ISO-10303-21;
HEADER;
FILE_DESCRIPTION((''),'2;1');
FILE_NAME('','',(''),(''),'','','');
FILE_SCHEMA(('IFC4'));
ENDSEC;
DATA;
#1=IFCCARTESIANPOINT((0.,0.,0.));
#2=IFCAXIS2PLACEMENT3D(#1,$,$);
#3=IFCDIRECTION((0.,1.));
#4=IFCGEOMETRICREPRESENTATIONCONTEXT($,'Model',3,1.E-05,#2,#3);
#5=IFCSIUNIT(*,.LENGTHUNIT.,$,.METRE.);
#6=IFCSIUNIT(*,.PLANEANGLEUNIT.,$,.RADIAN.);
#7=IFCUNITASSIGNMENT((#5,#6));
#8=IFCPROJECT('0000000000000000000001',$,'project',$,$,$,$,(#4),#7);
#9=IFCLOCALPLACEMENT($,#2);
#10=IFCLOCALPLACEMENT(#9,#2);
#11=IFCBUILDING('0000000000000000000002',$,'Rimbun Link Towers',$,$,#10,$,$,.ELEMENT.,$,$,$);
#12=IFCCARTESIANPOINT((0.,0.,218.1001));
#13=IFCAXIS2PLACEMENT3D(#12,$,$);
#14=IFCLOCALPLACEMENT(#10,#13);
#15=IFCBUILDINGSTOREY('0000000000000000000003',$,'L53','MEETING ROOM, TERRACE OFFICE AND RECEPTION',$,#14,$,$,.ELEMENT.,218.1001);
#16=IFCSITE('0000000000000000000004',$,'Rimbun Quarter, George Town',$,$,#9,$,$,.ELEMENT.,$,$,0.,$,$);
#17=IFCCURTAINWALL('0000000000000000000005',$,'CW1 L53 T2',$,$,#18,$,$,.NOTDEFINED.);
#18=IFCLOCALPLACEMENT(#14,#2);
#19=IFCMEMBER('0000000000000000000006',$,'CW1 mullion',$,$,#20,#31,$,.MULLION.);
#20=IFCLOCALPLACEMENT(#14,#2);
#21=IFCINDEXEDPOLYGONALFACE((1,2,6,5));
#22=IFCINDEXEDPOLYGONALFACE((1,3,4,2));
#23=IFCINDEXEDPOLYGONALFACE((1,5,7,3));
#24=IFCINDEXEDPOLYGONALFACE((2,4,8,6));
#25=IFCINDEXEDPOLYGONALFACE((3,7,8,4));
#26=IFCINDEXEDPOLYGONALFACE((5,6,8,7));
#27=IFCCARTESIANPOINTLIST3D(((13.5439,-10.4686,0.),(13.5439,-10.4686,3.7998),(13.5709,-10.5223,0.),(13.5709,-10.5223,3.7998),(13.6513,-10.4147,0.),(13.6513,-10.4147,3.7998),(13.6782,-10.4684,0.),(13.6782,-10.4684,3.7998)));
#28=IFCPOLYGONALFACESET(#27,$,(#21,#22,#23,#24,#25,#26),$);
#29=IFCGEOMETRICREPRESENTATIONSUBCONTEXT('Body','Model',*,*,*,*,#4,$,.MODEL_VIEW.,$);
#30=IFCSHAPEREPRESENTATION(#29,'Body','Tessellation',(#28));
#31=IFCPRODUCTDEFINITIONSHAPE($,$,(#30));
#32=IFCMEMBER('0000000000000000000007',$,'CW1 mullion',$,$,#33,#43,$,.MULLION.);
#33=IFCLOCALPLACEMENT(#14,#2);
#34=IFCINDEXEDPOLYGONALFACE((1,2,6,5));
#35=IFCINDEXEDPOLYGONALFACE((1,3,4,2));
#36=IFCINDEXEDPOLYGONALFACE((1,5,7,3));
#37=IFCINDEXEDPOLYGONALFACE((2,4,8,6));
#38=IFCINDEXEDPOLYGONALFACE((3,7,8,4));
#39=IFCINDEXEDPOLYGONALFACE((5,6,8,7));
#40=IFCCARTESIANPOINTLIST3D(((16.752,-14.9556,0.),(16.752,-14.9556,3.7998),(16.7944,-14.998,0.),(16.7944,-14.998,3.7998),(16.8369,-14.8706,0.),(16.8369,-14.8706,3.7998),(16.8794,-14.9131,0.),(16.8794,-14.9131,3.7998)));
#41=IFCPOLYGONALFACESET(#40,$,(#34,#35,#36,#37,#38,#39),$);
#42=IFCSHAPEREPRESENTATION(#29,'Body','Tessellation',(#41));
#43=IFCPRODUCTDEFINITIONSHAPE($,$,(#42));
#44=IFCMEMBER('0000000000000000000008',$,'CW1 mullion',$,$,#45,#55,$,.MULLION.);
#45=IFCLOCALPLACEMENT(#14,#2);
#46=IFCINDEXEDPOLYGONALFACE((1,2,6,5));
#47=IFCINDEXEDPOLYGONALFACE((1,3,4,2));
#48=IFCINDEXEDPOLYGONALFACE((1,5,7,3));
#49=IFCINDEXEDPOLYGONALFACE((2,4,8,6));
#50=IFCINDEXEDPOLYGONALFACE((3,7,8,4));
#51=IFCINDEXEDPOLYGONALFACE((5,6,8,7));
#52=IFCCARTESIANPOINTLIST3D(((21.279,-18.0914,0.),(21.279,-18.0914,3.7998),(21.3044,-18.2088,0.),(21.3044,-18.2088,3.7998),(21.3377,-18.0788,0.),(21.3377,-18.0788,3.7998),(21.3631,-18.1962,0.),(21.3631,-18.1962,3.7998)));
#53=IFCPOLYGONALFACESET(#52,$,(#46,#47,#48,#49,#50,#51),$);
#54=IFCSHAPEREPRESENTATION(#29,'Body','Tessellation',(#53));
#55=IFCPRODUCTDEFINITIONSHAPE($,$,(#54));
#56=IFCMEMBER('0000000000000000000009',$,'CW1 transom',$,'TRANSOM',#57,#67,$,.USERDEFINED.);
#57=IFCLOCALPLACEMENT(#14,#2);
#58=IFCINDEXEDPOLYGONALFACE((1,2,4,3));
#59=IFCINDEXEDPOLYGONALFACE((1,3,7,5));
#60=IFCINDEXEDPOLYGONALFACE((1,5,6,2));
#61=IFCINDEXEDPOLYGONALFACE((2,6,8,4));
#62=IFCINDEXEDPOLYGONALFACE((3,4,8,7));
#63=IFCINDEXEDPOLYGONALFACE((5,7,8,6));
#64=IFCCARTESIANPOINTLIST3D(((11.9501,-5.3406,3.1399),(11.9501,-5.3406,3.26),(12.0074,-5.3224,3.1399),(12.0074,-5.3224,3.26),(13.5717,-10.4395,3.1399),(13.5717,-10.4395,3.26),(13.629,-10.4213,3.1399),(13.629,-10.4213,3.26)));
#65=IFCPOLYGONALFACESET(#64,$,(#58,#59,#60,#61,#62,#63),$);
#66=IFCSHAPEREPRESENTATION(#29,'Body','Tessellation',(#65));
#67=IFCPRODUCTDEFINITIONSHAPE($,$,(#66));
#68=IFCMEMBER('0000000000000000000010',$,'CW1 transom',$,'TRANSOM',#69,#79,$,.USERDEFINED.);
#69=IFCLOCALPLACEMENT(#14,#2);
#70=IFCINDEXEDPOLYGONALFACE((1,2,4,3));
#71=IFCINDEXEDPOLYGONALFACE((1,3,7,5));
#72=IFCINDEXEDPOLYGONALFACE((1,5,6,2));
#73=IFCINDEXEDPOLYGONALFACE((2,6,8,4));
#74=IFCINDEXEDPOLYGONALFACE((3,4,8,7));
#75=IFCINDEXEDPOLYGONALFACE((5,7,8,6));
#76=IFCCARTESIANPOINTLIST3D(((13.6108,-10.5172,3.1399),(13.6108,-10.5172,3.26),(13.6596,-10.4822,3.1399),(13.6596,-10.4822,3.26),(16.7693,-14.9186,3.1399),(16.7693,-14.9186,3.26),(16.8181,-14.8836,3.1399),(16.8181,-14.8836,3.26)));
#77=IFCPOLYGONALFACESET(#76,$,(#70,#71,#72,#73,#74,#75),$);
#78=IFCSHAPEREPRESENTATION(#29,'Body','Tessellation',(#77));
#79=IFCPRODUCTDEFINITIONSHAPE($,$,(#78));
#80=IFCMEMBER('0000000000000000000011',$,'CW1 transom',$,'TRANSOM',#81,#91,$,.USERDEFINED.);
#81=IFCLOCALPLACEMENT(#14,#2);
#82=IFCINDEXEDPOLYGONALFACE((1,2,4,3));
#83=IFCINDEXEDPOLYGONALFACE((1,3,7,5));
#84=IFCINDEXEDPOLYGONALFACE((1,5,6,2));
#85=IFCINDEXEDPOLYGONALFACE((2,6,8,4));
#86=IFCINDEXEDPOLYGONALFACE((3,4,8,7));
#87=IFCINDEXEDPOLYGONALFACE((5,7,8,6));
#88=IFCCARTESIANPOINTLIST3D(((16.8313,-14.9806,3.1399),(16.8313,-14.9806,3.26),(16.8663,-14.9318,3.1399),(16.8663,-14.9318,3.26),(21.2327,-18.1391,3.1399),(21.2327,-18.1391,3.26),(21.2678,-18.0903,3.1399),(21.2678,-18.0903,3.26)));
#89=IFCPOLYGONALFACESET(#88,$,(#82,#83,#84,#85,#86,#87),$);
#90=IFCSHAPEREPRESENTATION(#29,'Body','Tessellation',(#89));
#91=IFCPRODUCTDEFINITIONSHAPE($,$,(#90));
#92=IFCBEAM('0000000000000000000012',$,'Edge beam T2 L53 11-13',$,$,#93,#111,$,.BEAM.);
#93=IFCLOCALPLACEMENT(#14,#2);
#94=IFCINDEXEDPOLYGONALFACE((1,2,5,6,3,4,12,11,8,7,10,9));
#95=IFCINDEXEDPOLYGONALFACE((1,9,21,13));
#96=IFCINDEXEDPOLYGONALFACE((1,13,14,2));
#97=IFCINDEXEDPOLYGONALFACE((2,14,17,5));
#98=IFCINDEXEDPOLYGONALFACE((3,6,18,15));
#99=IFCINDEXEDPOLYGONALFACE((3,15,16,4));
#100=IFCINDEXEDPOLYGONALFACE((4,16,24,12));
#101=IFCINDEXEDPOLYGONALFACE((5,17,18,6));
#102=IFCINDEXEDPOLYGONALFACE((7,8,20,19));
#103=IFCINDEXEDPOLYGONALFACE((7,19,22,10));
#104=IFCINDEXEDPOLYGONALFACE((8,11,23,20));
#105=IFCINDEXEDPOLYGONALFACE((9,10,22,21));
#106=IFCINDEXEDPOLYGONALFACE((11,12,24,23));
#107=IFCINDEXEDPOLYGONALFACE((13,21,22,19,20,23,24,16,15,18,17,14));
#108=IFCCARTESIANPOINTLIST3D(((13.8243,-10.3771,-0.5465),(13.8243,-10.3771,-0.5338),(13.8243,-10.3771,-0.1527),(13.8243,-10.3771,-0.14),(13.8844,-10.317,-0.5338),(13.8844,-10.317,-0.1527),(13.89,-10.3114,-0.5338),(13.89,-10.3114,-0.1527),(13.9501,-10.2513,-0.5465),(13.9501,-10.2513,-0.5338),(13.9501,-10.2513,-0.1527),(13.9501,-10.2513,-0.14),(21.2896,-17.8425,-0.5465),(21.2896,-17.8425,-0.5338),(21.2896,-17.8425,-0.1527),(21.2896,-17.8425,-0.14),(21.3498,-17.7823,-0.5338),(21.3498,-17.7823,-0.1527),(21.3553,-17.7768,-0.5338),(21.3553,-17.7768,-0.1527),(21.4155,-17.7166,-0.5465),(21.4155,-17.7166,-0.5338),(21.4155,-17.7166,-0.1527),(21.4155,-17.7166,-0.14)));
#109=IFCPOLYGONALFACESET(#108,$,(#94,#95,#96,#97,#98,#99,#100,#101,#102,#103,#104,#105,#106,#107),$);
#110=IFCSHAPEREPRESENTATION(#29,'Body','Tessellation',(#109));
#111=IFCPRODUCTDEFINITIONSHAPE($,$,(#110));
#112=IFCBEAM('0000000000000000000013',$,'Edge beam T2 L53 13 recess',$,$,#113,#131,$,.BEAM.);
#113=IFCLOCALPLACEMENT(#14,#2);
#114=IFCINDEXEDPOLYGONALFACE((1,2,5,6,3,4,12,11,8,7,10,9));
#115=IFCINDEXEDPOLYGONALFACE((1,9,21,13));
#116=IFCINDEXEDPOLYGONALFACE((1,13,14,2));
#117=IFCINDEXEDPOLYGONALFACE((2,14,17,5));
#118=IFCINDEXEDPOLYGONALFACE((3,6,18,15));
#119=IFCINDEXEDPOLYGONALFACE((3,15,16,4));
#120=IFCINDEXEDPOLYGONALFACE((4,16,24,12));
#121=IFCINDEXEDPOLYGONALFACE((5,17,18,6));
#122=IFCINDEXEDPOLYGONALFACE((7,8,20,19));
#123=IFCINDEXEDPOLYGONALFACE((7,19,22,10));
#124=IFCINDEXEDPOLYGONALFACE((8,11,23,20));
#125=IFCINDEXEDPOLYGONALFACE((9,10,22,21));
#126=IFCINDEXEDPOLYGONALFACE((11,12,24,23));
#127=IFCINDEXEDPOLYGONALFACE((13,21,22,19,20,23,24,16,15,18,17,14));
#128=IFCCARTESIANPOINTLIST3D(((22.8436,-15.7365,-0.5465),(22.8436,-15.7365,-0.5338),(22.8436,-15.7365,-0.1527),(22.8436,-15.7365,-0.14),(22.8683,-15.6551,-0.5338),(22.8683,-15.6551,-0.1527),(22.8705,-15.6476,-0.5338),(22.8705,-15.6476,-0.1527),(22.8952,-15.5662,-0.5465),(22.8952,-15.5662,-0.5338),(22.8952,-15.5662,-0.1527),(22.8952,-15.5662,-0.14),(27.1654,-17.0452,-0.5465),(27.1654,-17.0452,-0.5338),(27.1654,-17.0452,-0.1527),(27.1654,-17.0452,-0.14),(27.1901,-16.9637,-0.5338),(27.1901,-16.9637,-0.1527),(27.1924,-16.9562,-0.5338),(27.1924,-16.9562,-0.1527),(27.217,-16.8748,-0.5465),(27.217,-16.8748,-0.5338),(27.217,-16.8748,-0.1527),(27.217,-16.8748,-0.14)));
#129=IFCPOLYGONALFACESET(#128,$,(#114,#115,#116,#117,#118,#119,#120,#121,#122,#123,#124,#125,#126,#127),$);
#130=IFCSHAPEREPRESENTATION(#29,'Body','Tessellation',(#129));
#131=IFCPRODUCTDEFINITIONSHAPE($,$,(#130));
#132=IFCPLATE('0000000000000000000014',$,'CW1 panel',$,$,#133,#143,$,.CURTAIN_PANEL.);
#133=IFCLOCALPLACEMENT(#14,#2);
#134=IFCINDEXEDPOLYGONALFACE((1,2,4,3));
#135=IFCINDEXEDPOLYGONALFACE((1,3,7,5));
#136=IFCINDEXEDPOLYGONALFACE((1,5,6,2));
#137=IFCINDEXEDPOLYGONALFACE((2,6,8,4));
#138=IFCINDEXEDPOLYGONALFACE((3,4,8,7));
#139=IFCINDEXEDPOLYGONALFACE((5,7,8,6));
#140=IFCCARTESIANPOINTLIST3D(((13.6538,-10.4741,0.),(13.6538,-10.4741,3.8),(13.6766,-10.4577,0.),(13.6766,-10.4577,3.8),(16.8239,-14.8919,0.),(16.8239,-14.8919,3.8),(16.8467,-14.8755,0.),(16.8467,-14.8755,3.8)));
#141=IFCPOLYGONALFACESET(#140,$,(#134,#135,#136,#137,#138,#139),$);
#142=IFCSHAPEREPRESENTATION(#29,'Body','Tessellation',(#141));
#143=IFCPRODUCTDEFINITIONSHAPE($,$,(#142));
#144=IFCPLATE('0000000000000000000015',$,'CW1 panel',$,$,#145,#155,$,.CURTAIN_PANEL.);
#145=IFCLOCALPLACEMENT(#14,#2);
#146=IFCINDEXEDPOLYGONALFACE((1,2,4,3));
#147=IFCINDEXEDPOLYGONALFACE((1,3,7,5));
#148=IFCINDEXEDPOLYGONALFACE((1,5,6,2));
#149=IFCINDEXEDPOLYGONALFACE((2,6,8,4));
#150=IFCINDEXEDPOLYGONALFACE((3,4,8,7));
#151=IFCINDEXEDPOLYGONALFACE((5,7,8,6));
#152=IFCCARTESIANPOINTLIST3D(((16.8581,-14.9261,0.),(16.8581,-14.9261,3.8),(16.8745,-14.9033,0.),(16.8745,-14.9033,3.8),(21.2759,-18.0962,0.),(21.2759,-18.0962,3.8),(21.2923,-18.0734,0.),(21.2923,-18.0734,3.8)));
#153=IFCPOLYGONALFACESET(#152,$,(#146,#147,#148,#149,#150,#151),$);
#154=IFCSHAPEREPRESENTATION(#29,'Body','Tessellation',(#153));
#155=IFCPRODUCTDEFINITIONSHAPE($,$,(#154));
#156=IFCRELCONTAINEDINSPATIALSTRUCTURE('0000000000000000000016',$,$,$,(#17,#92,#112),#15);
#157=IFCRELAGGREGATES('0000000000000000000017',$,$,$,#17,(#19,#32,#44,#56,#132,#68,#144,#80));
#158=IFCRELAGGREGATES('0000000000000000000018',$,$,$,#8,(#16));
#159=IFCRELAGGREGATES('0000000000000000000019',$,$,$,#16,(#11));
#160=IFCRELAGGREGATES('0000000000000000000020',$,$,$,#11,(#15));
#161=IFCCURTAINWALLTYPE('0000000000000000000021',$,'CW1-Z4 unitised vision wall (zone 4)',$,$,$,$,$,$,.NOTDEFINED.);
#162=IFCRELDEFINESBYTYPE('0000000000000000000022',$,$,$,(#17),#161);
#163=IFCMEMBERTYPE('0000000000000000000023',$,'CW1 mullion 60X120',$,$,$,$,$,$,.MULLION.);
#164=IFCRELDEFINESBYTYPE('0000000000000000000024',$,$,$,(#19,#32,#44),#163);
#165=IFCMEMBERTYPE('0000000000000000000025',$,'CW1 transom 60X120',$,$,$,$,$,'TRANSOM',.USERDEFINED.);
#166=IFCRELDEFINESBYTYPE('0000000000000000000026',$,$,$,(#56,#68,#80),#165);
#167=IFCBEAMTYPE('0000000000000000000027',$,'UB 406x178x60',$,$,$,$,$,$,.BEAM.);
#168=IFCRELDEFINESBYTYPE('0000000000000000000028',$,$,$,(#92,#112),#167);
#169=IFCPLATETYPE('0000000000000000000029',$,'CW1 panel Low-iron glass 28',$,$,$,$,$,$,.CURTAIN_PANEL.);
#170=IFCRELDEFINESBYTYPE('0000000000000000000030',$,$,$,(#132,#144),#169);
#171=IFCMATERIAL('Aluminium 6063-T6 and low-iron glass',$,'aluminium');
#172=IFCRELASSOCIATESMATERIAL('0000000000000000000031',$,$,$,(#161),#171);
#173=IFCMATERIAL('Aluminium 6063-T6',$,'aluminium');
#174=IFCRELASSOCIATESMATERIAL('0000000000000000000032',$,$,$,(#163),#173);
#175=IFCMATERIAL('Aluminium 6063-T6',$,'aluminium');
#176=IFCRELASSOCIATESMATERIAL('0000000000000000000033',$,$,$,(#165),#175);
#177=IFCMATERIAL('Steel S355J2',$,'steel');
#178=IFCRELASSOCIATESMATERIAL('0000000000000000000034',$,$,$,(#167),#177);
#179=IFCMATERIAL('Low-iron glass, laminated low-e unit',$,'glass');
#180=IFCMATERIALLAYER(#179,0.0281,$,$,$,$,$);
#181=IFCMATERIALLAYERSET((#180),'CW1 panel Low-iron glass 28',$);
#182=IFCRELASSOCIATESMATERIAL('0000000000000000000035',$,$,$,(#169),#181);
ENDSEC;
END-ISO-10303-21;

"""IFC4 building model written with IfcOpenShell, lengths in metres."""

from ifc_helpers import new_model, si_unit, direction, frame, origin, origin_2d, place, context, subcontext, project, spatial, rectangle, i_section, extrude, material, layer, layer_set, material_profile, profile_set, type_object, element, aggregate, save


model = new_model("IFC4")

# Units and contexts
model_context = context("Model", 3, precision=1e-05, world=origin(), true_north=direction((0.0, 1.0)))
body_context = subcontext(model_context, "Body", "Model", "MODEL_VIEW")
ifc_project = project(units=[si_unit("LENGTHUNIT", "METRE"), si_unit("PLANEANGLEUNIT", "RADIAN")], contexts=[model_context])

# Site, building, storey
site_placement = place(None, origin())
site = spatial("IfcSite", under=ifc_project, at=site_placement, Name="Rimbun Quarter, George Town", CompositionType="ELEMENT", RefElevation=0.0)
building_placement = place(site_placement, origin())
building = spatial("IfcBuilding", under=site, at=building_placement, Name="Rimbun Link Towers", CompositionType="ELEMENT")
storey_placement = place(building_placement, frame((0.0, 0.0, 218.1001)))
storey = spatial("IfcBuildingStorey", under=building, at=storey_placement, Name="L53", Description="MEETING ROOM, TERRACE OFFICE AND RECEPTION", CompositionType="ELEMENT", Elevation=218.1001)

# Curtain wall, members
ifc_material_1 = material(Name="Aluminium 6063-T6 and low-iron glass", Category="aluminium")
curtain_wall_type = type_object("IfcCurtainWallType", Name="CW1-Z4 unitised vision wall (zone 4)", PredefinedType="NOTDEFINED", material=ifc_material_1)
curtain_wall_placement = place(storey_placement, origin())
curtain_wall = element("IfcCurtainWall", 1, at=curtain_wall_placement, inside=storey, type_object=curtain_wall_type, Name="CW1 L53 T2", PredefinedType="NOTDEFINED")
ifc_material_2 = material(Name="Aluminium 6063-T6", Category="aluminium")
ifc_material_profile_1 = material_profile(ifc_material_2, rectangle(XDim=0.1201, YDim=0.0601, at=origin_2d()), Name="MULLION 60X120")
ifc_profile_set_1 = profile_set([ifc_material_profile_1], Name="Aluminium 6063-T6")
member_type_1 = type_object("IfcMemberType", Name="CW1 mullion 60X120", PredefinedType="MULLION", material=ifc_profile_set_1)
member_1_placement = place(storey_placement, frame((13.6111, -10.4685, 0.0), z_axis=(0.0, 0.0, 1.0), x_axis=(-0.893747, -0.448571, 0.0)))
member_1 = element("IfcMember", 2, at=member_1_placement, type_object=member_type_1, Name="CW1 mullion", PredefinedType="MULLION", context=body_context, shape_type="SweptSolid", body=[
    extrude(rectangle(XDim=0.1201, YDim=0.0601, at=origin_2d()), origin(), (0.0, 0.0, 1.0), 3.7998),
])
member_2_placement = place(storey_placement, frame((16.8157, -14.9343, 0.0), z_axis=(0.0, 0.0, 1.0), x_axis=(-0.707107, -0.707107, 0.0)))
member_2 = element("IfcMember", 3, at=member_2_placement, type_object=member_type_1, Name="CW1 mullion", PredefinedType="MULLION", context=body_context, shape_type="SweptSolid", body=[
    extrude(rectangle(XDim=0.1201, YDim=0.0601, at=origin_2d()), origin(), (0.0, 0.0, 1.0), 3.7998),
])
member_3_placement = place(storey_placement, frame((21.321, -18.1438, 0.0), z_axis=(0.0, 0.0, 1.0), x_axis=(0.210799, -0.97753, 0.0)))
member_3 = element("IfcMember", 4, at=member_3_placement, type_object=member_type_1, Name="CW1 mullion", PredefinedType="MULLION", context=body_context, shape_type="SweptSolid", body=[
    extrude(rectangle(XDim=0.1201, YDim=0.0601, at=origin_2d()), origin(), (0.0, 0.0, 1.0), 3.7998),
])
ifc_material_3 = material(Name="Aluminium 6063-T6", Category="aluminium")
ifc_material_profile_2 = material_profile(ifc_material_3, rectangle(XDim=0.0601, YDim=0.1201, at=origin_2d()), Name="TRANSOM 60X120")
ifc_profile_set_2 = profile_set([ifc_material_profile_2], Name="Aluminium 6063-T6")
member_type_2 = type_object("IfcMemberType", Name="CW1 transom 60X120", ElementType="TRANSOM", PredefinedType="USERDEFINED", material=ifc_profile_set_2)
member_4_placement = place(storey_placement, frame((13.6003, -10.4304, 3.2), z_axis=(-0.30307, 0.952968, 0.0), x_axis=(-0.952968, -0.30307, 0.0)))
member_4 = element("IfcMember", 5, at=member_4_placement, type_object=member_type_2, Name="CW1 transom", ObjectType="TRANSOM", PredefinedType="USERDEFINED", context=body_context, shape_type="SweptSolid", body=[
    extrude(rectangle(XDim=0.0601, YDim=0.1201, at=origin_2d()), origin(), (0.0, 0.0, 1.0), 5.3506),
])
member_5_placement = place(storey_placement, frame((16.7937, -14.9011, 3.2), z_axis=(-0.583023, 0.812456, 0.0), x_axis=(-0.812456, -0.583023, 0.0)))
member_5 = element("IfcMember", 6, at=member_5_placement, type_object=member_type_2, Name="CW1 transom", ObjectType="TRANSOM", PredefinedType="USERDEFINED", context=body_context, shape_type="SweptSolid", body=[
    extrude(rectangle(XDim=0.0601, YDim=0.1201, at=origin_2d()), origin(), (0.0, 0.0, 1.0), 5.4175),
])
member_6_placement = place(storey_placement, frame((21.2502, -18.1147, 3.2), z_axis=(-0.812456, 0.583023, 0.0), x_axis=(-0.583023, -0.812456, 0.0)))
member_6 = element("IfcMember", 7, at=member_6_placement, type_object=member_type_2, Name="CW1 transom", ObjectType="TRANSOM", PredefinedType="USERDEFINED", context=body_context, shape_type="SweptSolid", body=[
    extrude(rectangle(XDim=0.0601, YDim=0.1201, at=origin_2d()), origin(), (0.0, 0.0, 1.0), 5.4175),
])

# Beams
ifc_material_4 = material(Name="Steel S355J2", Category="steel")
ifc_material_profile_3 = material_profile(ifc_material_4, i_section(OverallWidth=0.178, OverallDepth=0.4065, WebThickness=0.0078, FlangeThickness=0.0127, at=origin_2d()), Name="UB 406x178x60")
ifc_profile_set_3 = profile_set([ifc_material_profile_3], Name="Steel S355J2")
beam_type = type_object("IfcBeamType", Name="UB 406x178x60", PredefinedType="BEAM", material=ifc_profile_set_3)
beam_1_placement = place(storey_placement, frame((13.8872, -10.3142, -0.3433), z_axis=(0.707107, -0.707107, 0.0), x_axis=(0.707107, 0.707107, 0.0)))
element("IfcBeam", 8, at=beam_1_placement, inside=storey, type_object=beam_type, Name="Edge beam T2 L53 11-13", PredefinedType="BEAM", context=body_context, shape_type="SweptSolid", body=[
    extrude(i_section(OverallWidth=0.178, OverallDepth=0.4065, WebThickness=0.0078, FlangeThickness=0.0127, at=origin_2d()), origin(), (0.0, 0.0, 1.0), 10.5576),
])
beam_2_placement = place(storey_placement, frame((22.8694, -15.6514, -0.3433), z_axis=(0.957088, -0.289797, 0.0), x_axis=(0.289797, 0.957088, 0.0)))
element("IfcBeam", 9, at=beam_2_placement, inside=storey, type_object=beam_type, Name="Edge beam T2 L53 13 recess", PredefinedType="BEAM", context=body_context, shape_type="SweptSolid", body=[
    extrude(i_section(OverallWidth=0.178, OverallDepth=0.4065, WebThickness=0.0078, FlangeThickness=0.0127, at=origin_2d()), origin(), (0.0, 0.0, 1.0), 4.5156),
])

# Plates
ifc_material_5 = material(Name="Low-iron glass, laminated low-e unit", Category="glass")
ifc_layer_1 = layer(ifc_material_5, 0.0281)
ifc_layer_set_1 = layer_set([ifc_layer_1], Name="CW1 panel Low-iron glass 28")
plate_type = type_object("IfcPlateType", Name="CW1 panel Low-iron glass 28", PredefinedType="CURTAIN_PANEL", material=ifc_layer_set_1)
plate_1_placement = place(storey_placement, frame((15.2502, -12.6748, 0.0), z_axis=(0.0, 0.0, 1.0), x_axis=(-0.583004, 0.81247, 0.0)))
plate_1 = element("IfcPlate", 10, at=plate_1_placement, type_object=plate_type, Name="CW1 panel", PredefinedType="CURTAIN_PANEL", context=body_context, shape_type="SweptSolid", body=[
    extrude(rectangle(XDim=5.4375, YDim=0.0281, at=origin_2d()), origin(), (0.0, 0.0, 1.0), 3.8),
])
plate_2_placement = place(storey_placement, frame((19.0752, -16.4998, 0.0), z_axis=(0.0, 0.0, 1.0), x_axis=(-0.81247, 0.583004, 0.0)))
plate_2 = element("IfcPlate", 11, at=plate_2_placement, type_object=plate_type, Name="CW1 panel", PredefinedType="CURTAIN_PANEL", context=body_context, shape_type="SweptSolid", body=[
    extrude(rectangle(XDim=5.4375, YDim=0.0281, at=origin_2d()), origin(), (0.0, 0.0, 1.0), 3.8),
])
aggregate(curtain_wall, [member_1, member_2, member_3, member_4, plate_1, member_5, plate_2, member_6])

save(model, "model.ifc")
